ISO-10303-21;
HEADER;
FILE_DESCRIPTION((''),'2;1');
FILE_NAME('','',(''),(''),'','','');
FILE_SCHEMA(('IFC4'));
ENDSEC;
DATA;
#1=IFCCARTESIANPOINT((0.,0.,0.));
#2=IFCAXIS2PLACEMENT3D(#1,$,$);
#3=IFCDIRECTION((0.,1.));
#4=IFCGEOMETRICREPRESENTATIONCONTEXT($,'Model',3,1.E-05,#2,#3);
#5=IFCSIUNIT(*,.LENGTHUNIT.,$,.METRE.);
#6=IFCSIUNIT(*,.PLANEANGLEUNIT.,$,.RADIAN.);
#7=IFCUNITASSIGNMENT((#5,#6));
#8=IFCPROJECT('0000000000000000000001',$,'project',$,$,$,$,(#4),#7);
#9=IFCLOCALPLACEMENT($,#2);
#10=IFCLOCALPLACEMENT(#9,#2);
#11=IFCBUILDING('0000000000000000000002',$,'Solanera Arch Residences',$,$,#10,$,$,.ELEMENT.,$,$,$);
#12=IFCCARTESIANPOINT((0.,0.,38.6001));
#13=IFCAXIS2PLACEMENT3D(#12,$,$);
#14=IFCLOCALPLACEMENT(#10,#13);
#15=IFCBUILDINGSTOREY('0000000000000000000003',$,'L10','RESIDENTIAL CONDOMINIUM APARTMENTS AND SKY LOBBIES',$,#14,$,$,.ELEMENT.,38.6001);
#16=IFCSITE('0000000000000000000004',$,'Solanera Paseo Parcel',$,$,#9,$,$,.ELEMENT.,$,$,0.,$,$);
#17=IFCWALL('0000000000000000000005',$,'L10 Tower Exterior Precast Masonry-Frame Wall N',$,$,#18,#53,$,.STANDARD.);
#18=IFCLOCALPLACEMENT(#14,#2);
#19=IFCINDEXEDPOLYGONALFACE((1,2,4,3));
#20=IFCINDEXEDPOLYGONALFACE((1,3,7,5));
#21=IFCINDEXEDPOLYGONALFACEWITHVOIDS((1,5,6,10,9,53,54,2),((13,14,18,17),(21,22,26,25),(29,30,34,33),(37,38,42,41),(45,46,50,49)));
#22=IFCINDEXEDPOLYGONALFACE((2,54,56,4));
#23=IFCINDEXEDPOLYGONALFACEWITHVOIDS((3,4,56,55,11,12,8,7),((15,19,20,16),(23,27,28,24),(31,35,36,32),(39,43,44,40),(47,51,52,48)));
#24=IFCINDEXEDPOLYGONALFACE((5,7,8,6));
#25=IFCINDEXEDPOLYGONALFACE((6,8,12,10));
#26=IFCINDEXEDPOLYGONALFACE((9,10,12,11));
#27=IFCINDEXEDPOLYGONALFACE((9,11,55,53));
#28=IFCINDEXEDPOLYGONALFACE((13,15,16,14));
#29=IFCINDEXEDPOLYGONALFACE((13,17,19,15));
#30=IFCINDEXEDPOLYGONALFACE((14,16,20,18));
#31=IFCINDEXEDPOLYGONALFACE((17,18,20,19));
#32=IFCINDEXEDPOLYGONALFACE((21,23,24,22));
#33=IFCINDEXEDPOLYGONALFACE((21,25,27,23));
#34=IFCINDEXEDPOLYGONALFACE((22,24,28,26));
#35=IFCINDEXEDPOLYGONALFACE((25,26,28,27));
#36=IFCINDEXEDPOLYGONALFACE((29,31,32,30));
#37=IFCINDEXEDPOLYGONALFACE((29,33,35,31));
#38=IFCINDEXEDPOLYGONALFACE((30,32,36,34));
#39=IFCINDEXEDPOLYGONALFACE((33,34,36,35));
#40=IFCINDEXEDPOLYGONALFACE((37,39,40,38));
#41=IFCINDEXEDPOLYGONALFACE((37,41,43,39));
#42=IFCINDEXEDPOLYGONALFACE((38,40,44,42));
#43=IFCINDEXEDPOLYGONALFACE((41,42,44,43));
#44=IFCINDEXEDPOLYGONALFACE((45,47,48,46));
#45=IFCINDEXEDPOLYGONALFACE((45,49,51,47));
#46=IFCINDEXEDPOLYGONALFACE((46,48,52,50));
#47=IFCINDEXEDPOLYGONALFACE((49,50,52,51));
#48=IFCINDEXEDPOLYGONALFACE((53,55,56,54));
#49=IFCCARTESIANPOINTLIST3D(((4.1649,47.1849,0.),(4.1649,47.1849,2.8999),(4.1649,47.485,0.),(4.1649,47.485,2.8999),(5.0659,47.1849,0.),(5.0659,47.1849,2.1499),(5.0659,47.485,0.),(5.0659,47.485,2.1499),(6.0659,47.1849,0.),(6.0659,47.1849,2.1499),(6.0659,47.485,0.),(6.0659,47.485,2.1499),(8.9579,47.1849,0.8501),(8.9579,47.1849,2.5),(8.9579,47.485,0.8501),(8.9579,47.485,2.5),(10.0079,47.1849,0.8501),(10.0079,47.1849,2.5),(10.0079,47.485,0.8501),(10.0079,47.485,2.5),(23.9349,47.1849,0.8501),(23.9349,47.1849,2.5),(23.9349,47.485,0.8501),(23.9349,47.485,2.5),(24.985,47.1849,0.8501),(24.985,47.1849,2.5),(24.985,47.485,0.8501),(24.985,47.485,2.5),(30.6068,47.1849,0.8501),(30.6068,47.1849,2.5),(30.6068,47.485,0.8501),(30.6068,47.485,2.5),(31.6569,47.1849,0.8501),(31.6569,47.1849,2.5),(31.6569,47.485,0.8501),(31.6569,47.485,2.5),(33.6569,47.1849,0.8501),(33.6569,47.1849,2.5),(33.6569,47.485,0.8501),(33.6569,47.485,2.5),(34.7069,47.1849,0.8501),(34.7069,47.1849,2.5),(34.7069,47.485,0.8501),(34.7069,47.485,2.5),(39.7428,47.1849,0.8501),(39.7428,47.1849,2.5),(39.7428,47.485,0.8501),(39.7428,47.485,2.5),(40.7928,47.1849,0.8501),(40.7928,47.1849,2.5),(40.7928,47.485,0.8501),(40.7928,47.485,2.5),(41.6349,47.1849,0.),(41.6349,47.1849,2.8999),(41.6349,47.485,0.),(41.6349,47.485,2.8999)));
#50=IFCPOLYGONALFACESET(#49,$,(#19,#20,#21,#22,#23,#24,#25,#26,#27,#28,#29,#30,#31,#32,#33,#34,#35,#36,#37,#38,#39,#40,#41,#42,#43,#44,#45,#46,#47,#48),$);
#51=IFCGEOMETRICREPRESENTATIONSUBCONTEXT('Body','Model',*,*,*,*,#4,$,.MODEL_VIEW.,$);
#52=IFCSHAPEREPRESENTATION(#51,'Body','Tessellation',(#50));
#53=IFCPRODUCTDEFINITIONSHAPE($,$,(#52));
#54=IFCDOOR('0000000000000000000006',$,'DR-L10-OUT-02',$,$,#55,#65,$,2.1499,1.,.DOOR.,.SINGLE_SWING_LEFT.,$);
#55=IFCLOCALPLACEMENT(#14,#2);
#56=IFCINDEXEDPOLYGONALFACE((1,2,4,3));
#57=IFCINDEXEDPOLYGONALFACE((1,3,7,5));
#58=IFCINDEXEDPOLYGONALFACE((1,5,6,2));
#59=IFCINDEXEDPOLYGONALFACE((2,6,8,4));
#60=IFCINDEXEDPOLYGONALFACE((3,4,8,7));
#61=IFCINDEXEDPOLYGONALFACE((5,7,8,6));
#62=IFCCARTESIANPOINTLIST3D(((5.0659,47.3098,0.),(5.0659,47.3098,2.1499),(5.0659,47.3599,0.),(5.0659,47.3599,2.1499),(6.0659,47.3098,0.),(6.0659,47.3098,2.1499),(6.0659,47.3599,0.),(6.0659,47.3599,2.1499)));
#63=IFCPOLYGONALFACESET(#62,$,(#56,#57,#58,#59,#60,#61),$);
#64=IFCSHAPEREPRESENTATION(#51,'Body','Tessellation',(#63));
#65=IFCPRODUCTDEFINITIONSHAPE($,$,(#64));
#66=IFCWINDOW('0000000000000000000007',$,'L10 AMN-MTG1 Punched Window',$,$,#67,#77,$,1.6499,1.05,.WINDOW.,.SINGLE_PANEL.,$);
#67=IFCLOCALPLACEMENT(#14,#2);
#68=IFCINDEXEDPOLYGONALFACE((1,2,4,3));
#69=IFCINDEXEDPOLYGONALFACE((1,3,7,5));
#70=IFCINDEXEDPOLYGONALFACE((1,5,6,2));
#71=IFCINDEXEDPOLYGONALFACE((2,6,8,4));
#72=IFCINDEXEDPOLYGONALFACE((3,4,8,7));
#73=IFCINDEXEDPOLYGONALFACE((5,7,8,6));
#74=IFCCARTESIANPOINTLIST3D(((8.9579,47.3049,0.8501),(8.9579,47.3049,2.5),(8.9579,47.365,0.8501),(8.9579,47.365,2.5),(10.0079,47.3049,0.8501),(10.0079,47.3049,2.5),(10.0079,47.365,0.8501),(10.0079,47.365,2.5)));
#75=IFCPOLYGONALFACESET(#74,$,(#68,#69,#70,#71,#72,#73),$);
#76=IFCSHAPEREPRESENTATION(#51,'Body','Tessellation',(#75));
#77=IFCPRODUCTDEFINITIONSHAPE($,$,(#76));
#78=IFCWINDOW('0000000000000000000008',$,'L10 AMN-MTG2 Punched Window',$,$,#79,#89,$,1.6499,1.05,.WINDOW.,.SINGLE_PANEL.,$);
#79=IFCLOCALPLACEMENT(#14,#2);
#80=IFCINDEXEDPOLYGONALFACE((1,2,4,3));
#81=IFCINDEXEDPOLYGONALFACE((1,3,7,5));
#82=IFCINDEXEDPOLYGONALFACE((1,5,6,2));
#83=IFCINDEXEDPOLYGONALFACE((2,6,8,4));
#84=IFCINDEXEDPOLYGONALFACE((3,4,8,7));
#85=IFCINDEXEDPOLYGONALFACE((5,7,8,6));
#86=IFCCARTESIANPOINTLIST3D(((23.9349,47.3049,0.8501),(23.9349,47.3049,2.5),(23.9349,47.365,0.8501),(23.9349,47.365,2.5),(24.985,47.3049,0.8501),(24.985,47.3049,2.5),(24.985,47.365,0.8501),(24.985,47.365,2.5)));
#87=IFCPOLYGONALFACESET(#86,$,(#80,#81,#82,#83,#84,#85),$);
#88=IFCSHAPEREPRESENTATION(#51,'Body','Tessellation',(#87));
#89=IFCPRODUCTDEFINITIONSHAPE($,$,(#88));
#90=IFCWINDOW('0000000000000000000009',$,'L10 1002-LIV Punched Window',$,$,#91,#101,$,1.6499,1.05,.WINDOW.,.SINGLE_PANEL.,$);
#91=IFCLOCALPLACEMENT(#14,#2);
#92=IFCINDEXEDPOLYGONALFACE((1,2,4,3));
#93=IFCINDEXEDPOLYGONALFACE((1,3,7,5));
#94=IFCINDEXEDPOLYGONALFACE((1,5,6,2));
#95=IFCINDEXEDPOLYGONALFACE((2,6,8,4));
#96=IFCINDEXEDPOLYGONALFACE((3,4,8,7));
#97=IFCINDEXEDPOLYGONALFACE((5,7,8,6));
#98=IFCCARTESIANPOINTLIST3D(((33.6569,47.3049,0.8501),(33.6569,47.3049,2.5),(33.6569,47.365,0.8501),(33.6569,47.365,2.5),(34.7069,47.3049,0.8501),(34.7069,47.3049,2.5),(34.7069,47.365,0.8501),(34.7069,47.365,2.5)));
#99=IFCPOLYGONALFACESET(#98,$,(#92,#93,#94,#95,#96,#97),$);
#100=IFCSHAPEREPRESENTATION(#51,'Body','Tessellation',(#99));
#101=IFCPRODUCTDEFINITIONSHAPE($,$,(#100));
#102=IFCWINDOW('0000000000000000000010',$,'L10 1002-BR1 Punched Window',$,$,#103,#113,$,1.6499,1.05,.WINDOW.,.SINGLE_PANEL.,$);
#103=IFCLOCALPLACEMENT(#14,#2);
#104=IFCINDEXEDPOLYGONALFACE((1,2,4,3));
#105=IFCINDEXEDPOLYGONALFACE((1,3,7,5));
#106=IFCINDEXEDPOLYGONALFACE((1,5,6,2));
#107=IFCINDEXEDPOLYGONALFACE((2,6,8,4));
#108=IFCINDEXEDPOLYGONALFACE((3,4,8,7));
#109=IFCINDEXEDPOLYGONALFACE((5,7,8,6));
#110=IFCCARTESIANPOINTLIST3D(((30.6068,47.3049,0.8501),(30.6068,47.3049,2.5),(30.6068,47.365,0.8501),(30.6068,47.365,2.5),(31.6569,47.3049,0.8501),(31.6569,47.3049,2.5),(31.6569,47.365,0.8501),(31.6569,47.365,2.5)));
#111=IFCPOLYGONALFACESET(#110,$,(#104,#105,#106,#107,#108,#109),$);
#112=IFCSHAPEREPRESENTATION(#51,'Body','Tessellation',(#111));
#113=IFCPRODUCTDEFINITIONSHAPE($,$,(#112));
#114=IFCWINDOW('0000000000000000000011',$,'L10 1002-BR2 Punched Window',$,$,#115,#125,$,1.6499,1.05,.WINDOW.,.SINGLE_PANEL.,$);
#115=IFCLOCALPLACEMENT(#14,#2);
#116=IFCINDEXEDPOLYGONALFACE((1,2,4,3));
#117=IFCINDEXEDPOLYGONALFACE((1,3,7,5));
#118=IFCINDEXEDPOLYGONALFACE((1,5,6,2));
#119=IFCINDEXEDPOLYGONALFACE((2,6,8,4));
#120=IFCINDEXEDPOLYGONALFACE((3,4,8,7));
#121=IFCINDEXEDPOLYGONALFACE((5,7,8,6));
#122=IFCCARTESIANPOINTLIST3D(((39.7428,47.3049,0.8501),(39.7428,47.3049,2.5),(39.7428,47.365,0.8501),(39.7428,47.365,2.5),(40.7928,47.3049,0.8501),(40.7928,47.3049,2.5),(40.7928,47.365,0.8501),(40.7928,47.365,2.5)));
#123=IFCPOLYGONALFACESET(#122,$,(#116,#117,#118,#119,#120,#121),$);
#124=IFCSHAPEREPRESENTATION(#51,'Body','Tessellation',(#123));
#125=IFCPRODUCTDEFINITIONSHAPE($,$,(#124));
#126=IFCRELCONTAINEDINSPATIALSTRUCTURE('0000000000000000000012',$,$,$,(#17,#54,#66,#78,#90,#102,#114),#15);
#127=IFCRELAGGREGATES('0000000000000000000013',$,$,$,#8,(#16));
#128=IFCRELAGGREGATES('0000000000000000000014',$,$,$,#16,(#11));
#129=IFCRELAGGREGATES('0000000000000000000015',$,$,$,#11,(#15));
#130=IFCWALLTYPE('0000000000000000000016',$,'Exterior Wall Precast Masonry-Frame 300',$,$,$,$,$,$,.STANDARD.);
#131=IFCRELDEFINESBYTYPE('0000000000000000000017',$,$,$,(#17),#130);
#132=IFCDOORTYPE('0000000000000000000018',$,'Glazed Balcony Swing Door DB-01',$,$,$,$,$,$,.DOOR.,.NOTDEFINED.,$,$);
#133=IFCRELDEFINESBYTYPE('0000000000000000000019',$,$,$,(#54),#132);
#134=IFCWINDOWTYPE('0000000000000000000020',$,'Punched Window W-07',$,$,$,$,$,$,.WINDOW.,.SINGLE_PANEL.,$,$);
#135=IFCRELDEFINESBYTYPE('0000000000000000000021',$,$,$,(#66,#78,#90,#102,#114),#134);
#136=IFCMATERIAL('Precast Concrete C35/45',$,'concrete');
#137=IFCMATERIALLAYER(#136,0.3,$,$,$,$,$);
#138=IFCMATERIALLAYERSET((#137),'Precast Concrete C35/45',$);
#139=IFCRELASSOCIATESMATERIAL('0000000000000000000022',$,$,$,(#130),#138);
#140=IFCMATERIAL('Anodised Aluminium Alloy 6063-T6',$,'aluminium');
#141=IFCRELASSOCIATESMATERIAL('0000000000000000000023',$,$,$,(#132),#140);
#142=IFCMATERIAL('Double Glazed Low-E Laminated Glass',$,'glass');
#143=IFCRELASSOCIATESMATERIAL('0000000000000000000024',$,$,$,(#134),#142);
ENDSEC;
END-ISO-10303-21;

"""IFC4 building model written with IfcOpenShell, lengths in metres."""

from ifc_helpers import new_model, si_unit, direction, frame, frame_2d, origin, place, context, subcontext, project, spatial, rectangle, extrude, material, layer, layer_set, type_object, element, fill, save


model = new_model("IFC4")

# Units and contexts
model_context = context("Model", 3, precision=1e-05, world=origin(), true_north=direction((0.0, 1.0)))
body_context = subcontext(model_context, "Body", "Model", "MODEL_VIEW")
ifc_project = project(units=[si_unit("LENGTHUNIT", "METRE"), si_unit("PLANEANGLEUNIT", "RADIAN")], contexts=[model_context])

# Site, building, storey
site_placement = place(None, origin())
site = spatial("IfcSite", under=ifc_project, at=site_placement, Name="Solanera Paseo Parcel", CompositionType="ELEMENT", RefElevation=0.0)
building_placement = place(site_placement, origin())
building = spatial("IfcBuilding", under=site, at=building_placement, Name="Solanera Arch Residences", CompositionType="ELEMENT")
storey_placement = place(building_placement, frame((0.0, 0.0, 38.6001)))
storey = spatial("IfcBuildingStorey", under=building, at=storey_placement, Name="L10", Description="RESIDENTIAL CONDOMINIUM APARTMENTS AND SKY LOBBIES", CompositionType="ELEMENT", Elevation=38.6001)

# Wall, openings, door, windows
ifc_material_1 = material(Name="Precast Concrete C35/45", Category="concrete")
ifc_layer_1 = layer(ifc_material_1, 0.3)
ifc_layer_set_1 = layer_set([ifc_layer_1], Name="Precast Concrete C35/45")
wall_type_1 = type_object("IfcWallType", Name="Exterior Wall Precast Masonry-Frame 300", PredefinedType="STANDARD", material=ifc_layer_set_1)
wall_1_placement = place(storey_placement, frame((4.165, 47.335, 0.0), z_axis=(0.0, 0.0, 1.0), x_axis=(1.0, 0.0, 0.0)))
wall_1 = element("IfcWall", 1, at=wall_1_placement, inside=storey, type_object=wall_type_1, Name="L10 Tower Exterior Precast Masonry-Frame Wall N", PredefinedType="STANDARD", context=body_context, shape_type="SweptSolid", body=[
    extrude(rectangle(XDim=37.47, YDim=0.3, at=frame_2d((18.7349, 0.0))), origin(), (0.0, 0.0, 1.0), 2.8999),
])
opening_1_placement = place(wall_1_placement, frame((0.9009, 0.0, 0.0)))
opening_1 = element("IfcOpeningElement", 2, at=opening_1_placement, cuts=wall_1, PredefinedType="OPENING", context=body_context, shape_type="SweptSolid", body=[
    extrude(rectangle(XDim=1.0, YDim=2.1499, at=frame_2d((0.5, 1.075))), frame((0.0, 0.1599, 0.0), z_axis=(0.0, -1.0, 0.0), x_axis=(1.0, 0.0, 0.0)), (0.0, 0.0, 1.0), 0.32),
])
opening_2_placement = place(wall_1_placement, frame((4.793, 0.0, 0.8501)))
opening_2 = element("IfcOpeningElement", 3, at=opening_2_placement, cuts=wall_1, PredefinedType="OPENING", context=body_context, shape_type="SweptSolid", body=[
    extrude(rectangle(XDim=1.05, YDim=1.6499, at=frame_2d((0.5249, 0.825))), frame((0.0, 0.1599, 0.0), z_axis=(0.0, -1.0, 0.0), x_axis=(1.0, 0.0, 0.0)), (0.0, 0.0, 1.0), 0.32),
])
opening_3_placement = place(wall_1_placement, frame((19.77, 0.0, 0.8501)))
opening_3 = element("IfcOpeningElement", 4, at=opening_3_placement, cuts=wall_1, PredefinedType="OPENING", context=body_context, shape_type="SweptSolid", body=[
    extrude(rectangle(XDim=1.05, YDim=1.6499, at=frame_2d((0.5249, 0.825))), frame((0.0, 0.1599, 0.0), z_axis=(0.0, -1.0, 0.0), x_axis=(1.0, 0.0, 0.0)), (0.0, 0.0, 1.0), 0.32),
])
opening_4_placement = place(wall_1_placement, frame((29.4919, 0.0, 0.8501)))
opening_4 = element("IfcOpeningElement", 5, at=opening_4_placement, cuts=wall_1, PredefinedType="OPENING", context=body_context, shape_type="SweptSolid", body=[
    extrude(rectangle(XDim=1.05, YDim=1.6499, at=frame_2d((0.5249, 0.825))), frame((0.0, 0.1599, 0.0), z_axis=(0.0, -1.0, 0.0), x_axis=(1.0, 0.0, 0.0)), (0.0, 0.0, 1.0), 0.32),
])
opening_5_placement = place(wall_1_placement, frame((26.4419, 0.0, 0.8501)))
opening_5 = element("IfcOpeningElement", 6, at=opening_5_placement, cuts=wall_1, PredefinedType="OPENING", context=body_context, shape_type="SweptSolid", body=[
    extrude(rectangle(XDim=1.05, YDim=1.6499, at=frame_2d((0.5249, 0.825))), frame((0.0, 0.1599, 0.0), z_axis=(0.0, -1.0, 0.0), x_axis=(1.0, 0.0, 0.0)), (0.0, 0.0, 1.0), 0.32),
])
opening_6_placement = place(wall_1_placement, frame((35.5779, 0.0, 0.8501)))
opening_6 = element("IfcOpeningElement", 7, at=opening_6_placement, cuts=wall_1, PredefinedType="OPENING", context=body_context, shape_type="SweptSolid", body=[
    extrude(rectangle(XDim=1.05, YDim=1.6499, at=frame_2d((0.5249, 0.825))), frame((0.0, 0.1599, 0.0), z_axis=(0.0, -1.0, 0.0), x_axis=(1.0, 0.0, 0.0)), (0.0, 0.0, 1.0), 0.32),
])
ifc_material_2 = material(Name="Anodised Aluminium Alloy 6063-T6", Category="aluminium")
door_type = type_object("IfcDoorType", Name="Glazed Balcony Swing Door DB-01", OperationType="NOTDEFINED", PredefinedType="DOOR", material=ifc_material_2)
door_placement = place(opening_1_placement, origin())
door = element("IfcDoor", 8, at=door_placement, inside=storey, type_object=door_type, Name="DR-L10-OUT-02", OperationType="SINGLE_SWING_LEFT", OverallHeight=2.1499, OverallWidth=1.0, PredefinedType="DOOR", context=body_context, shape_type="SweptSolid", body=[
    extrude(rectangle(XDim=1.0, YDim=2.1499, at=frame_2d((0.5, 1.075))), frame((0.0, 0.0249, 0.0), z_axis=(0.0, -1.0, 0.0), x_axis=(1.0, 0.0, 0.0)), (0.0, 0.0, 1.0), 0.05),
])
fill(opening_1, door)
ifc_material_3 = material(Name="Double Glazed Low-E Laminated Glass", Category="glass")
window_type = type_object("IfcWindowType", Name="Punched Window W-07", PartitioningType="SINGLE_PANEL", PredefinedType="WINDOW", material=ifc_material_3)
window_1_placement = place(opening_2_placement, origin())
window_1 = element("IfcWindow", 9, at=window_1_placement, inside=storey, type_object=window_type, Name="L10 AMN-MTG1 Punched Window", OverallHeight=1.6499, OverallWidth=1.05, PartitioningType="SINGLE_PANEL", PredefinedType="WINDOW", context=body_context, shape_type="SweptSolid", body=[
    extrude(rectangle(XDim=1.05, YDim=1.6499, at=frame_2d((0.5249, 0.825))), frame((0.0, 0.03, 0.0), z_axis=(0.0, -1.0, 0.0), x_axis=(1.0, 0.0, 0.0)), (0.0, 0.0, 1.0), 0.0601),
])
fill(opening_2, window_1)
window_2_placement = place(opening_3_placement, origin())
window_2 = element("IfcWindow", 10, at=window_2_placement, inside=storey, type_object=window_type, Name="L10 AMN-MTG2 Punched Window", OverallHeight=1.6499, OverallWidth=1.05, PartitioningType="SINGLE_PANEL", PredefinedType="WINDOW", context=body_context, shape_type="SweptSolid", body=[
    extrude(rectangle(XDim=1.05, YDim=1.6499, at=frame_2d((0.5249, 0.825))), frame((0.0, 0.03, 0.0), z_axis=(0.0, -1.0, 0.0), x_axis=(1.0, 0.0, 0.0)), (0.0, 0.0, 1.0), 0.0601),
])
fill(opening_3, window_2)
window_3_placement = place(opening_4_placement, origin())
window_3 = element("IfcWindow", 11, at=window_3_placement, inside=storey, type_object=window_type, Name="L10 1002-LIV Punched Window", OverallHeight=1.6499, OverallWidth=1.05, PartitioningType="SINGLE_PANEL", PredefinedType="WINDOW", context=body_context, shape_type="SweptSolid", body=[
    extrude(rectangle(XDim=1.05, YDim=1.6499, at=frame_2d((0.5249, 0.825))), frame((0.0, 0.03, 0.0), z_axis=(0.0, -1.0, 0.0), x_axis=(1.0, 0.0, 0.0)), (0.0, 0.0, 1.0), 0.0601),
])
fill(opening_4, window_3)
window_4_placement = place(opening_5_placement, origin())
window_4 = element("IfcWindow", 12, at=window_4_placement, inside=storey, type_object=window_type, Name="L10 1002-BR1 Punched Window", OverallHeight=1.6499, OverallWidth=1.05, PartitioningType="SINGLE_PANEL", PredefinedType="WINDOW", context=body_context, shape_type="SweptSolid", body=[
    extrude(rectangle(XDim=1.05, YDim=1.6499, at=frame_2d((0.5249, 0.825))), frame((0.0, 0.03, 0.0), z_axis=(0.0, -1.0, 0.0), x_axis=(1.0, 0.0, 0.0)), (0.0, 0.0, 1.0), 0.0601),
])
fill(opening_5, window_4)
window_5_placement = place(opening_6_placement, origin())
window_5 = element("IfcWindow", 13, at=window_5_placement, inside=storey, type_object=window_type, Name="L10 1002-BR2 Punched Window", OverallHeight=1.6499, OverallWidth=1.05, PartitioningType="SINGLE_PANEL", PredefinedType="WINDOW", context=body_context, shape_type="SweptSolid", body=[
    extrude(rectangle(XDim=1.05, YDim=1.6499, at=frame_2d((0.5249, 0.825))), frame((0.0, 0.03, 0.0), z_axis=(0.0, -1.0, 0.0), x_axis=(1.0, 0.0, 0.0)), (0.0, 0.0, 1.0), 0.0601),
])
fill(opening_6, window_5)

save(model, "model.ifc")
